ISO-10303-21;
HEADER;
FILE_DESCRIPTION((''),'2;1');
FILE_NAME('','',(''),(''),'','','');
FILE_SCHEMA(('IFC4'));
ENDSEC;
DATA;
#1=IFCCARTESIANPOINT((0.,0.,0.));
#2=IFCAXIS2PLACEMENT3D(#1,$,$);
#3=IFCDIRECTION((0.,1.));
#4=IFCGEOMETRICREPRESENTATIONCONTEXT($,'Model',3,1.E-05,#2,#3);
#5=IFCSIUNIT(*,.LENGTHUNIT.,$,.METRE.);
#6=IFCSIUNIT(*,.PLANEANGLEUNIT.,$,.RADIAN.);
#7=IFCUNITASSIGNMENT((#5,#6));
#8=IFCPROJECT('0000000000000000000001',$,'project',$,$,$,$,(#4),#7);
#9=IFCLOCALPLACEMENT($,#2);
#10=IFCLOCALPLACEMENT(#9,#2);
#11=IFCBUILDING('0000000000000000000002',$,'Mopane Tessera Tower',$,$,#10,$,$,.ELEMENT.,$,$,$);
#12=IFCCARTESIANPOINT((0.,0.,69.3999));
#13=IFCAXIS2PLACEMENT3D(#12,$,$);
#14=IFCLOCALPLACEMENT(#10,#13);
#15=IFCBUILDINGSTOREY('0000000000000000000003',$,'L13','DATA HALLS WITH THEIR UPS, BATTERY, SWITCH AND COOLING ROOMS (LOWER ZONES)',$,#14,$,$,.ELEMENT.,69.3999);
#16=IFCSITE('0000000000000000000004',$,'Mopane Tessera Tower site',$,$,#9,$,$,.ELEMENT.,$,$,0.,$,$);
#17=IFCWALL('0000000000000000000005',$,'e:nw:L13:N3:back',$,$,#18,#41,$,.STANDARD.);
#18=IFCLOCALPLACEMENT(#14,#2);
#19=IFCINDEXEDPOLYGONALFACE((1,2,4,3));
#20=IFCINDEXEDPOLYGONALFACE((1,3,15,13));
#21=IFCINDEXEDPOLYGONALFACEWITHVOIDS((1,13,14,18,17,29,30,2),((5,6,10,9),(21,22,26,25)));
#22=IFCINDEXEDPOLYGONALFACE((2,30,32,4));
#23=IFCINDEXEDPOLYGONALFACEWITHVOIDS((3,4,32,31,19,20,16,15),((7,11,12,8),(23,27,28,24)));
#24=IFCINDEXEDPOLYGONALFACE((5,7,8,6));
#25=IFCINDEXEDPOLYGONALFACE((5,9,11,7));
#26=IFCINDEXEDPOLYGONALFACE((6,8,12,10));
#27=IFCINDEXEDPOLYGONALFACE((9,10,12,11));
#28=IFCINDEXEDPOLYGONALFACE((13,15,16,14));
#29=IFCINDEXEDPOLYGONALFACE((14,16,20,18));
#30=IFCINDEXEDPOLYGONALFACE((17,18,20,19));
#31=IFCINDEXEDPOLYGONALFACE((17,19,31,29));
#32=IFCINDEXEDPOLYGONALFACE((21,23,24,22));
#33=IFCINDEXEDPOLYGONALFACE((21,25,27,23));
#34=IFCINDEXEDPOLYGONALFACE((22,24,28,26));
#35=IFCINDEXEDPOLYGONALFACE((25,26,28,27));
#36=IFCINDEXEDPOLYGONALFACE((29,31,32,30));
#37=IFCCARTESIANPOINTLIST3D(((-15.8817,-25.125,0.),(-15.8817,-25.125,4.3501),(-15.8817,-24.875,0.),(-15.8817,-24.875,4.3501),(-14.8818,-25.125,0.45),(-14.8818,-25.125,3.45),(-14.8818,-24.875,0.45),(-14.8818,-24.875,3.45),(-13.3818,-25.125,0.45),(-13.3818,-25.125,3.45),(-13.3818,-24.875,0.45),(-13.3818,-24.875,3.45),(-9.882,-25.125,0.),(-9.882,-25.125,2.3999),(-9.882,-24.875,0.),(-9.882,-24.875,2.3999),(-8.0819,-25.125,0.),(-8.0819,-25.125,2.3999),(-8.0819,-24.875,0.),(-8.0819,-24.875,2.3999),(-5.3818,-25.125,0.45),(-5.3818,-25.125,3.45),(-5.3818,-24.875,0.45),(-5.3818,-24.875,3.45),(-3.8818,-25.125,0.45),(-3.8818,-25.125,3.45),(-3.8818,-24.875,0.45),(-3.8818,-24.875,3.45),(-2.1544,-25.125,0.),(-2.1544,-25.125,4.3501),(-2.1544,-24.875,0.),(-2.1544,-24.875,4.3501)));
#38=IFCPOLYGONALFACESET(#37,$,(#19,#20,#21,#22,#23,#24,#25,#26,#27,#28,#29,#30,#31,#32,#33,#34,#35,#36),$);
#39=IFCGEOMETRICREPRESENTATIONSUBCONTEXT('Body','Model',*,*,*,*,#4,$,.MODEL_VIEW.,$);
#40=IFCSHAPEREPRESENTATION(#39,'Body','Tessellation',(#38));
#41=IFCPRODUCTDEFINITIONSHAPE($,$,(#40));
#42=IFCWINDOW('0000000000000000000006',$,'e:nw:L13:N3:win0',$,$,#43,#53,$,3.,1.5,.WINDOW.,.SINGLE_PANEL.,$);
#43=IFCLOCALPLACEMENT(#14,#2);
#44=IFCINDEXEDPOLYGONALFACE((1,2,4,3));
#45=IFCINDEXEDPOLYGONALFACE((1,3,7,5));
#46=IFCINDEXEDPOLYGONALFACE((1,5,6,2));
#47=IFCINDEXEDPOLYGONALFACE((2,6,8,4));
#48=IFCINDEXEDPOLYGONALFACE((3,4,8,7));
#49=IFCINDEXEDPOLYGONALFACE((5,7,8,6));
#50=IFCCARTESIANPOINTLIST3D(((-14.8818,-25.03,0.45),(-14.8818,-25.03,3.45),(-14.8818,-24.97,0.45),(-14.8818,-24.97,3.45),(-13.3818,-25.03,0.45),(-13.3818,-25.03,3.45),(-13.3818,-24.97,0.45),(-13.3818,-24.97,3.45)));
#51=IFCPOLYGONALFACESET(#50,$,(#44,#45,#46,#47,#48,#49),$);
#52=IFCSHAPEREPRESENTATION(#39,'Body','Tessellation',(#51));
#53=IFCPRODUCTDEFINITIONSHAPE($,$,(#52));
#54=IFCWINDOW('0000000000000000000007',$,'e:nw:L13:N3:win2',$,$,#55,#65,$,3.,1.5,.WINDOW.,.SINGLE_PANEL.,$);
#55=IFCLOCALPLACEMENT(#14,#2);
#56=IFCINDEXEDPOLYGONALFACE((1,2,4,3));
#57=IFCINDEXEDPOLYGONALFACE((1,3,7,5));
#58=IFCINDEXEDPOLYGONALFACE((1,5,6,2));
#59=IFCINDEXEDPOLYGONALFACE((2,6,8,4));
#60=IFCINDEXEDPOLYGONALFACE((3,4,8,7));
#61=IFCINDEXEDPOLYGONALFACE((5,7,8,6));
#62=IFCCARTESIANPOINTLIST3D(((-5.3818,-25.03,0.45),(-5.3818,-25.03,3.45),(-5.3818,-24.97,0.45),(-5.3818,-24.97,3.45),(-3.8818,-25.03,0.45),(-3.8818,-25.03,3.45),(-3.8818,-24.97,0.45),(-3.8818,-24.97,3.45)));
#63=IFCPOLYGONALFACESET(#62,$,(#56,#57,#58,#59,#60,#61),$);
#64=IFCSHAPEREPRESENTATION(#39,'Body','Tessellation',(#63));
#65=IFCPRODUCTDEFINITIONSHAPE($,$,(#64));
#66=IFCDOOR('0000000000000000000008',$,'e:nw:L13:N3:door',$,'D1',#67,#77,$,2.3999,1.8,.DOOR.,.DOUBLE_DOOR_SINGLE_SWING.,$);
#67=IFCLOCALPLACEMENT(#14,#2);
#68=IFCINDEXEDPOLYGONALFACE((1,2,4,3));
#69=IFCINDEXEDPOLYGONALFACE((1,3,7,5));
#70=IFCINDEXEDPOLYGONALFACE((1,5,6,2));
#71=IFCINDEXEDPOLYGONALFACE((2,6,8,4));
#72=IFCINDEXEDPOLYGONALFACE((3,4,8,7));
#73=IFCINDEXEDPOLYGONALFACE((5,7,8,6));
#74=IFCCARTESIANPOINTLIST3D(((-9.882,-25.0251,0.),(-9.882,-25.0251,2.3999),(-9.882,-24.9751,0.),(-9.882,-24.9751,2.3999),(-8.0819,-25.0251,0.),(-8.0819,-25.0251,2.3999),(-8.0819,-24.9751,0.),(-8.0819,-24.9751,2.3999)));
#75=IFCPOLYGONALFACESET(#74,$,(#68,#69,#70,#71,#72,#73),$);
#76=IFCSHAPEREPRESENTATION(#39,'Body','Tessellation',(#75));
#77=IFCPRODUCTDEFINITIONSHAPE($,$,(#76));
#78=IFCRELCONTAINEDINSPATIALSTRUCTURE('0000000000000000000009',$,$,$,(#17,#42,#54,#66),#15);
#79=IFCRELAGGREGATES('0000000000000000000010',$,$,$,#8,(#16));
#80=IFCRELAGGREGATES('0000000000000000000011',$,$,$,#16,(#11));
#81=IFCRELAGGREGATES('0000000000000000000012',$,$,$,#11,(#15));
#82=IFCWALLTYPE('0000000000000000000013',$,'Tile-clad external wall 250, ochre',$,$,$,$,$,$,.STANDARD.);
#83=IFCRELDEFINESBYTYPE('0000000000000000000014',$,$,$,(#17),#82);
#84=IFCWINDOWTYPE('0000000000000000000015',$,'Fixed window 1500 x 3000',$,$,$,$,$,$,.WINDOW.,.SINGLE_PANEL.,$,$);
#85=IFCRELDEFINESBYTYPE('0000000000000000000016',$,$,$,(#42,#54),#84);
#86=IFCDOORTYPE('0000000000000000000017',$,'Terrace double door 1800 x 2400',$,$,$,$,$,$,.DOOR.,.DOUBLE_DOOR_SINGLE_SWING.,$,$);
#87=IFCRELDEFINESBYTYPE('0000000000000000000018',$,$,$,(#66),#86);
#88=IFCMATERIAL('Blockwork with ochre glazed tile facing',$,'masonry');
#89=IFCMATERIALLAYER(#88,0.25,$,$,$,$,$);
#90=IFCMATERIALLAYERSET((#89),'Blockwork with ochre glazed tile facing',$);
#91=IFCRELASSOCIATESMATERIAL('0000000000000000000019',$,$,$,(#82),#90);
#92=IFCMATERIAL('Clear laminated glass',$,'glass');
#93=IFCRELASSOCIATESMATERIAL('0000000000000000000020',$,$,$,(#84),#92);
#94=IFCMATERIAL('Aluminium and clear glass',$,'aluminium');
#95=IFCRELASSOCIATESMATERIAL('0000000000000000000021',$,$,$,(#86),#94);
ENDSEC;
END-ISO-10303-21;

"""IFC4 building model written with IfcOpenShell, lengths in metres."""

from ifc_helpers import new_model, si_unit, direction, frame, frame_2d, origin, place, context, subcontext, project, spatial, rectangle, extrude, material, layer, layer_set, type_object, element, fill, save


model = new_model("IFC4")

# Units and contexts
model_context = context("Model", 3, precision=1e-05, world=origin(), true_north=direction((0.0, 1.0)))
body_context = subcontext(model_context, "Body", "Model", "MODEL_VIEW")
ifc_project = project(units=[si_unit("LENGTHUNIT", "METRE"), si_unit("PLANEANGLEUNIT", "RADIAN")], contexts=[model_context])

# Site, building, storey
site_placement = place(None, origin())
site = spatial("IfcSite", under=ifc_project, at=site_placement, Name="Mopane Tessera Tower site", CompositionType="ELEMENT", RefElevation=0.0)
building_placement = place(site_placement, origin())
building = spatial("IfcBuilding", under=site, at=building_placement, Name="Mopane Tessera Tower", CompositionType="ELEMENT")
storey_placement = place(building_placement, frame((0.0, 0.0, 69.3999)))
storey = spatial("IfcBuildingStorey", under=building, at=storey_placement, Name="L13", Description="DATA HALLS WITH THEIR UPS, BATTERY, SWITCH AND COOLING ROOMS (LOWER ZONES)", CompositionType="ELEMENT", Elevation=69.3999)

# Wall, openings, windows, door
ifc_material_1 = material(Name="Blockwork with ochre glazed tile facing", Category="masonry")
ifc_layer_1 = layer(ifc_material_1, 0.25)
ifc_layer_set_1 = layer_set([ifc_layer_1], Name="Blockwork with ochre glazed tile facing")
wall_type_1 = type_object("IfcWallType", Name="Tile-clad external wall 250, ochre", PredefinedType="STANDARD", material=ifc_layer_set_1)
wall_1_placement = place(storey_placement, frame((-15.8818, -25.0, 0.0), z_axis=(0.0, 0.0, 1.0), x_axis=(1.0, 0.0, 0.0)))
wall_1 = element("IfcWall", 1, at=wall_1_placement, inside=storey, type_object=wall_type_1, Name="e:nw:L13:N3:back", PredefinedType="STANDARD", context=body_context, shape_type="SweptSolid", body=[
    extrude(rectangle(XDim=13.7273, YDim=0.25, at=frame_2d((6.8638, 0.0))), origin(), (0.0, 0.0, 1.0), 4.3501),
])
opening_1_placement = place(wall_1_placement, frame((1.0, 0.0, 0.45)))
opening_1 = element("IfcOpeningElement", 2, at=opening_1_placement, cuts=wall_1, PredefinedType="OPENING", context=body_context, shape_type="SweptSolid", body=[
    extrude(rectangle(XDim=1.5, YDim=3.0, at=frame_2d((0.75, 1.5))), frame((0.0, 0.137, 0.0), z_axis=(0.0, -1.0, 0.0), x_axis=(1.0, 0.0, 0.0)), (0.0, 0.0, 1.0), 0.2739),
])
opening_2_placement = place(wall_1_placement, frame((6.0, 0.0, 0.0)))
opening_2 = element("IfcOpeningElement", 3, at=opening_2_placement, cuts=wall_1, PredefinedType="OPENING", context=body_context, shape_type="SweptSolid", body=[
    extrude(rectangle(XDim=1.8, YDim=2.3999, at=frame_2d((0.8999, 1.2))), frame((0.0, 0.137, 0.0), z_axis=(0.0, -1.0, 0.0), x_axis=(1.0, 0.0, 0.0)), (0.0, 0.0, 1.0), 0.2739),
])
opening_3_placement = place(wall_1_placement, frame((10.5, 0.0, 0.45)))
opening_3 = element("IfcOpeningElement", 4, at=opening_3_placement, cuts=wall_1, PredefinedType="OPENING", context=body_context, shape_type="SweptSolid", body=[
    extrude(rectangle(XDim=1.5, YDim=3.0, at=frame_2d((0.75, 1.5))), frame((0.0, 0.137, 0.0), z_axis=(0.0, -1.0, 0.0), x_axis=(1.0, 0.0, 0.0)), (0.0, 0.0, 1.0), 0.2739),
])
ifc_material_2 = material(Name="Clear laminated glass", Category="glass")
window_type = type_object("IfcWindowType", Name="Fixed window 1500 x 3000", PartitioningType="SINGLE_PANEL", PredefinedType="WINDOW", material=ifc_material_2)
window_1_placement = place(opening_1_placement, origin())
window_1 = element("IfcWindow", 5, at=window_1_placement, inside=storey, type_object=window_type, Name="e:nw:L13:N3:win0", OverallHeight=3.0, OverallWidth=1.5, PartitioningType="SINGLE_PANEL", PredefinedType="WINDOW", context=body_context, shape_type="SweptSolid", body=[
    extrude(rectangle(XDim=1.5, YDim=3.0, at=frame_2d((0.75, 1.5))), frame((0.0, 0.03, 0.0), z_axis=(0.0, -1.0, 0.0), x_axis=(1.0, 0.0, 0.0)), (0.0, 0.0, 1.0), 0.0601),
])
fill(opening_1, window_1)
window_2_placement = place(opening_3_placement, origin())
window_2 = element("IfcWindow", 6, at=window_2_placement, inside=storey, type_object=window_type, Name="e:nw:L13:N3:win2", OverallHeight=3.0, OverallWidth=1.5, PartitioningType="SINGLE_PANEL", PredefinedType="WINDOW", context=body_context, shape_type="SweptSolid", body=[
    extrude(rectangle(XDim=1.5, YDim=3.0, at=frame_2d((0.75, 1.5))), frame((0.0, 0.03, 0.0), z_axis=(0.0, -1.0, 0.0), x_axis=(1.0, 0.0, 0.0)), (0.0, 0.0, 1.0), 0.0601),
])
fill(opening_3, window_2)
ifc_material_3 = material(Name="Aluminium and clear glass", Category="aluminium")
door_type_1 = type_object("IfcDoorType", Name="Terrace double door 1800 x 2400", OperationType="DOUBLE_DOOR_SINGLE_SWING", PredefinedType="DOOR", material=ifc_material_3)
door_1_placement = place(opening_2_placement, origin())
door_1 = element("IfcDoor", 7, at=door_1_placement, inside=storey, type_object=door_type_1, Name="e:nw:L13:N3:door", ObjectType="D1", OperationType="DOUBLE_DOOR_SINGLE_SWING", OverallHeight=2.3999, OverallWidth=1.8, PredefinedType="DOOR", context=body_context, shape_type="SweptSolid", body=[
    extrude(rectangle(XDim=1.8, YDim=2.3999, at=frame_2d((0.8999, 1.2))), frame((0.0, 0.0249, 0.0), z_axis=(0.0, -1.0, 0.0), x_axis=(1.0, 0.0, 0.0)), (0.0, 0.0, 1.0), 0.05),
])
fill(opening_2, door_1)

save(model, "model.ifc")
